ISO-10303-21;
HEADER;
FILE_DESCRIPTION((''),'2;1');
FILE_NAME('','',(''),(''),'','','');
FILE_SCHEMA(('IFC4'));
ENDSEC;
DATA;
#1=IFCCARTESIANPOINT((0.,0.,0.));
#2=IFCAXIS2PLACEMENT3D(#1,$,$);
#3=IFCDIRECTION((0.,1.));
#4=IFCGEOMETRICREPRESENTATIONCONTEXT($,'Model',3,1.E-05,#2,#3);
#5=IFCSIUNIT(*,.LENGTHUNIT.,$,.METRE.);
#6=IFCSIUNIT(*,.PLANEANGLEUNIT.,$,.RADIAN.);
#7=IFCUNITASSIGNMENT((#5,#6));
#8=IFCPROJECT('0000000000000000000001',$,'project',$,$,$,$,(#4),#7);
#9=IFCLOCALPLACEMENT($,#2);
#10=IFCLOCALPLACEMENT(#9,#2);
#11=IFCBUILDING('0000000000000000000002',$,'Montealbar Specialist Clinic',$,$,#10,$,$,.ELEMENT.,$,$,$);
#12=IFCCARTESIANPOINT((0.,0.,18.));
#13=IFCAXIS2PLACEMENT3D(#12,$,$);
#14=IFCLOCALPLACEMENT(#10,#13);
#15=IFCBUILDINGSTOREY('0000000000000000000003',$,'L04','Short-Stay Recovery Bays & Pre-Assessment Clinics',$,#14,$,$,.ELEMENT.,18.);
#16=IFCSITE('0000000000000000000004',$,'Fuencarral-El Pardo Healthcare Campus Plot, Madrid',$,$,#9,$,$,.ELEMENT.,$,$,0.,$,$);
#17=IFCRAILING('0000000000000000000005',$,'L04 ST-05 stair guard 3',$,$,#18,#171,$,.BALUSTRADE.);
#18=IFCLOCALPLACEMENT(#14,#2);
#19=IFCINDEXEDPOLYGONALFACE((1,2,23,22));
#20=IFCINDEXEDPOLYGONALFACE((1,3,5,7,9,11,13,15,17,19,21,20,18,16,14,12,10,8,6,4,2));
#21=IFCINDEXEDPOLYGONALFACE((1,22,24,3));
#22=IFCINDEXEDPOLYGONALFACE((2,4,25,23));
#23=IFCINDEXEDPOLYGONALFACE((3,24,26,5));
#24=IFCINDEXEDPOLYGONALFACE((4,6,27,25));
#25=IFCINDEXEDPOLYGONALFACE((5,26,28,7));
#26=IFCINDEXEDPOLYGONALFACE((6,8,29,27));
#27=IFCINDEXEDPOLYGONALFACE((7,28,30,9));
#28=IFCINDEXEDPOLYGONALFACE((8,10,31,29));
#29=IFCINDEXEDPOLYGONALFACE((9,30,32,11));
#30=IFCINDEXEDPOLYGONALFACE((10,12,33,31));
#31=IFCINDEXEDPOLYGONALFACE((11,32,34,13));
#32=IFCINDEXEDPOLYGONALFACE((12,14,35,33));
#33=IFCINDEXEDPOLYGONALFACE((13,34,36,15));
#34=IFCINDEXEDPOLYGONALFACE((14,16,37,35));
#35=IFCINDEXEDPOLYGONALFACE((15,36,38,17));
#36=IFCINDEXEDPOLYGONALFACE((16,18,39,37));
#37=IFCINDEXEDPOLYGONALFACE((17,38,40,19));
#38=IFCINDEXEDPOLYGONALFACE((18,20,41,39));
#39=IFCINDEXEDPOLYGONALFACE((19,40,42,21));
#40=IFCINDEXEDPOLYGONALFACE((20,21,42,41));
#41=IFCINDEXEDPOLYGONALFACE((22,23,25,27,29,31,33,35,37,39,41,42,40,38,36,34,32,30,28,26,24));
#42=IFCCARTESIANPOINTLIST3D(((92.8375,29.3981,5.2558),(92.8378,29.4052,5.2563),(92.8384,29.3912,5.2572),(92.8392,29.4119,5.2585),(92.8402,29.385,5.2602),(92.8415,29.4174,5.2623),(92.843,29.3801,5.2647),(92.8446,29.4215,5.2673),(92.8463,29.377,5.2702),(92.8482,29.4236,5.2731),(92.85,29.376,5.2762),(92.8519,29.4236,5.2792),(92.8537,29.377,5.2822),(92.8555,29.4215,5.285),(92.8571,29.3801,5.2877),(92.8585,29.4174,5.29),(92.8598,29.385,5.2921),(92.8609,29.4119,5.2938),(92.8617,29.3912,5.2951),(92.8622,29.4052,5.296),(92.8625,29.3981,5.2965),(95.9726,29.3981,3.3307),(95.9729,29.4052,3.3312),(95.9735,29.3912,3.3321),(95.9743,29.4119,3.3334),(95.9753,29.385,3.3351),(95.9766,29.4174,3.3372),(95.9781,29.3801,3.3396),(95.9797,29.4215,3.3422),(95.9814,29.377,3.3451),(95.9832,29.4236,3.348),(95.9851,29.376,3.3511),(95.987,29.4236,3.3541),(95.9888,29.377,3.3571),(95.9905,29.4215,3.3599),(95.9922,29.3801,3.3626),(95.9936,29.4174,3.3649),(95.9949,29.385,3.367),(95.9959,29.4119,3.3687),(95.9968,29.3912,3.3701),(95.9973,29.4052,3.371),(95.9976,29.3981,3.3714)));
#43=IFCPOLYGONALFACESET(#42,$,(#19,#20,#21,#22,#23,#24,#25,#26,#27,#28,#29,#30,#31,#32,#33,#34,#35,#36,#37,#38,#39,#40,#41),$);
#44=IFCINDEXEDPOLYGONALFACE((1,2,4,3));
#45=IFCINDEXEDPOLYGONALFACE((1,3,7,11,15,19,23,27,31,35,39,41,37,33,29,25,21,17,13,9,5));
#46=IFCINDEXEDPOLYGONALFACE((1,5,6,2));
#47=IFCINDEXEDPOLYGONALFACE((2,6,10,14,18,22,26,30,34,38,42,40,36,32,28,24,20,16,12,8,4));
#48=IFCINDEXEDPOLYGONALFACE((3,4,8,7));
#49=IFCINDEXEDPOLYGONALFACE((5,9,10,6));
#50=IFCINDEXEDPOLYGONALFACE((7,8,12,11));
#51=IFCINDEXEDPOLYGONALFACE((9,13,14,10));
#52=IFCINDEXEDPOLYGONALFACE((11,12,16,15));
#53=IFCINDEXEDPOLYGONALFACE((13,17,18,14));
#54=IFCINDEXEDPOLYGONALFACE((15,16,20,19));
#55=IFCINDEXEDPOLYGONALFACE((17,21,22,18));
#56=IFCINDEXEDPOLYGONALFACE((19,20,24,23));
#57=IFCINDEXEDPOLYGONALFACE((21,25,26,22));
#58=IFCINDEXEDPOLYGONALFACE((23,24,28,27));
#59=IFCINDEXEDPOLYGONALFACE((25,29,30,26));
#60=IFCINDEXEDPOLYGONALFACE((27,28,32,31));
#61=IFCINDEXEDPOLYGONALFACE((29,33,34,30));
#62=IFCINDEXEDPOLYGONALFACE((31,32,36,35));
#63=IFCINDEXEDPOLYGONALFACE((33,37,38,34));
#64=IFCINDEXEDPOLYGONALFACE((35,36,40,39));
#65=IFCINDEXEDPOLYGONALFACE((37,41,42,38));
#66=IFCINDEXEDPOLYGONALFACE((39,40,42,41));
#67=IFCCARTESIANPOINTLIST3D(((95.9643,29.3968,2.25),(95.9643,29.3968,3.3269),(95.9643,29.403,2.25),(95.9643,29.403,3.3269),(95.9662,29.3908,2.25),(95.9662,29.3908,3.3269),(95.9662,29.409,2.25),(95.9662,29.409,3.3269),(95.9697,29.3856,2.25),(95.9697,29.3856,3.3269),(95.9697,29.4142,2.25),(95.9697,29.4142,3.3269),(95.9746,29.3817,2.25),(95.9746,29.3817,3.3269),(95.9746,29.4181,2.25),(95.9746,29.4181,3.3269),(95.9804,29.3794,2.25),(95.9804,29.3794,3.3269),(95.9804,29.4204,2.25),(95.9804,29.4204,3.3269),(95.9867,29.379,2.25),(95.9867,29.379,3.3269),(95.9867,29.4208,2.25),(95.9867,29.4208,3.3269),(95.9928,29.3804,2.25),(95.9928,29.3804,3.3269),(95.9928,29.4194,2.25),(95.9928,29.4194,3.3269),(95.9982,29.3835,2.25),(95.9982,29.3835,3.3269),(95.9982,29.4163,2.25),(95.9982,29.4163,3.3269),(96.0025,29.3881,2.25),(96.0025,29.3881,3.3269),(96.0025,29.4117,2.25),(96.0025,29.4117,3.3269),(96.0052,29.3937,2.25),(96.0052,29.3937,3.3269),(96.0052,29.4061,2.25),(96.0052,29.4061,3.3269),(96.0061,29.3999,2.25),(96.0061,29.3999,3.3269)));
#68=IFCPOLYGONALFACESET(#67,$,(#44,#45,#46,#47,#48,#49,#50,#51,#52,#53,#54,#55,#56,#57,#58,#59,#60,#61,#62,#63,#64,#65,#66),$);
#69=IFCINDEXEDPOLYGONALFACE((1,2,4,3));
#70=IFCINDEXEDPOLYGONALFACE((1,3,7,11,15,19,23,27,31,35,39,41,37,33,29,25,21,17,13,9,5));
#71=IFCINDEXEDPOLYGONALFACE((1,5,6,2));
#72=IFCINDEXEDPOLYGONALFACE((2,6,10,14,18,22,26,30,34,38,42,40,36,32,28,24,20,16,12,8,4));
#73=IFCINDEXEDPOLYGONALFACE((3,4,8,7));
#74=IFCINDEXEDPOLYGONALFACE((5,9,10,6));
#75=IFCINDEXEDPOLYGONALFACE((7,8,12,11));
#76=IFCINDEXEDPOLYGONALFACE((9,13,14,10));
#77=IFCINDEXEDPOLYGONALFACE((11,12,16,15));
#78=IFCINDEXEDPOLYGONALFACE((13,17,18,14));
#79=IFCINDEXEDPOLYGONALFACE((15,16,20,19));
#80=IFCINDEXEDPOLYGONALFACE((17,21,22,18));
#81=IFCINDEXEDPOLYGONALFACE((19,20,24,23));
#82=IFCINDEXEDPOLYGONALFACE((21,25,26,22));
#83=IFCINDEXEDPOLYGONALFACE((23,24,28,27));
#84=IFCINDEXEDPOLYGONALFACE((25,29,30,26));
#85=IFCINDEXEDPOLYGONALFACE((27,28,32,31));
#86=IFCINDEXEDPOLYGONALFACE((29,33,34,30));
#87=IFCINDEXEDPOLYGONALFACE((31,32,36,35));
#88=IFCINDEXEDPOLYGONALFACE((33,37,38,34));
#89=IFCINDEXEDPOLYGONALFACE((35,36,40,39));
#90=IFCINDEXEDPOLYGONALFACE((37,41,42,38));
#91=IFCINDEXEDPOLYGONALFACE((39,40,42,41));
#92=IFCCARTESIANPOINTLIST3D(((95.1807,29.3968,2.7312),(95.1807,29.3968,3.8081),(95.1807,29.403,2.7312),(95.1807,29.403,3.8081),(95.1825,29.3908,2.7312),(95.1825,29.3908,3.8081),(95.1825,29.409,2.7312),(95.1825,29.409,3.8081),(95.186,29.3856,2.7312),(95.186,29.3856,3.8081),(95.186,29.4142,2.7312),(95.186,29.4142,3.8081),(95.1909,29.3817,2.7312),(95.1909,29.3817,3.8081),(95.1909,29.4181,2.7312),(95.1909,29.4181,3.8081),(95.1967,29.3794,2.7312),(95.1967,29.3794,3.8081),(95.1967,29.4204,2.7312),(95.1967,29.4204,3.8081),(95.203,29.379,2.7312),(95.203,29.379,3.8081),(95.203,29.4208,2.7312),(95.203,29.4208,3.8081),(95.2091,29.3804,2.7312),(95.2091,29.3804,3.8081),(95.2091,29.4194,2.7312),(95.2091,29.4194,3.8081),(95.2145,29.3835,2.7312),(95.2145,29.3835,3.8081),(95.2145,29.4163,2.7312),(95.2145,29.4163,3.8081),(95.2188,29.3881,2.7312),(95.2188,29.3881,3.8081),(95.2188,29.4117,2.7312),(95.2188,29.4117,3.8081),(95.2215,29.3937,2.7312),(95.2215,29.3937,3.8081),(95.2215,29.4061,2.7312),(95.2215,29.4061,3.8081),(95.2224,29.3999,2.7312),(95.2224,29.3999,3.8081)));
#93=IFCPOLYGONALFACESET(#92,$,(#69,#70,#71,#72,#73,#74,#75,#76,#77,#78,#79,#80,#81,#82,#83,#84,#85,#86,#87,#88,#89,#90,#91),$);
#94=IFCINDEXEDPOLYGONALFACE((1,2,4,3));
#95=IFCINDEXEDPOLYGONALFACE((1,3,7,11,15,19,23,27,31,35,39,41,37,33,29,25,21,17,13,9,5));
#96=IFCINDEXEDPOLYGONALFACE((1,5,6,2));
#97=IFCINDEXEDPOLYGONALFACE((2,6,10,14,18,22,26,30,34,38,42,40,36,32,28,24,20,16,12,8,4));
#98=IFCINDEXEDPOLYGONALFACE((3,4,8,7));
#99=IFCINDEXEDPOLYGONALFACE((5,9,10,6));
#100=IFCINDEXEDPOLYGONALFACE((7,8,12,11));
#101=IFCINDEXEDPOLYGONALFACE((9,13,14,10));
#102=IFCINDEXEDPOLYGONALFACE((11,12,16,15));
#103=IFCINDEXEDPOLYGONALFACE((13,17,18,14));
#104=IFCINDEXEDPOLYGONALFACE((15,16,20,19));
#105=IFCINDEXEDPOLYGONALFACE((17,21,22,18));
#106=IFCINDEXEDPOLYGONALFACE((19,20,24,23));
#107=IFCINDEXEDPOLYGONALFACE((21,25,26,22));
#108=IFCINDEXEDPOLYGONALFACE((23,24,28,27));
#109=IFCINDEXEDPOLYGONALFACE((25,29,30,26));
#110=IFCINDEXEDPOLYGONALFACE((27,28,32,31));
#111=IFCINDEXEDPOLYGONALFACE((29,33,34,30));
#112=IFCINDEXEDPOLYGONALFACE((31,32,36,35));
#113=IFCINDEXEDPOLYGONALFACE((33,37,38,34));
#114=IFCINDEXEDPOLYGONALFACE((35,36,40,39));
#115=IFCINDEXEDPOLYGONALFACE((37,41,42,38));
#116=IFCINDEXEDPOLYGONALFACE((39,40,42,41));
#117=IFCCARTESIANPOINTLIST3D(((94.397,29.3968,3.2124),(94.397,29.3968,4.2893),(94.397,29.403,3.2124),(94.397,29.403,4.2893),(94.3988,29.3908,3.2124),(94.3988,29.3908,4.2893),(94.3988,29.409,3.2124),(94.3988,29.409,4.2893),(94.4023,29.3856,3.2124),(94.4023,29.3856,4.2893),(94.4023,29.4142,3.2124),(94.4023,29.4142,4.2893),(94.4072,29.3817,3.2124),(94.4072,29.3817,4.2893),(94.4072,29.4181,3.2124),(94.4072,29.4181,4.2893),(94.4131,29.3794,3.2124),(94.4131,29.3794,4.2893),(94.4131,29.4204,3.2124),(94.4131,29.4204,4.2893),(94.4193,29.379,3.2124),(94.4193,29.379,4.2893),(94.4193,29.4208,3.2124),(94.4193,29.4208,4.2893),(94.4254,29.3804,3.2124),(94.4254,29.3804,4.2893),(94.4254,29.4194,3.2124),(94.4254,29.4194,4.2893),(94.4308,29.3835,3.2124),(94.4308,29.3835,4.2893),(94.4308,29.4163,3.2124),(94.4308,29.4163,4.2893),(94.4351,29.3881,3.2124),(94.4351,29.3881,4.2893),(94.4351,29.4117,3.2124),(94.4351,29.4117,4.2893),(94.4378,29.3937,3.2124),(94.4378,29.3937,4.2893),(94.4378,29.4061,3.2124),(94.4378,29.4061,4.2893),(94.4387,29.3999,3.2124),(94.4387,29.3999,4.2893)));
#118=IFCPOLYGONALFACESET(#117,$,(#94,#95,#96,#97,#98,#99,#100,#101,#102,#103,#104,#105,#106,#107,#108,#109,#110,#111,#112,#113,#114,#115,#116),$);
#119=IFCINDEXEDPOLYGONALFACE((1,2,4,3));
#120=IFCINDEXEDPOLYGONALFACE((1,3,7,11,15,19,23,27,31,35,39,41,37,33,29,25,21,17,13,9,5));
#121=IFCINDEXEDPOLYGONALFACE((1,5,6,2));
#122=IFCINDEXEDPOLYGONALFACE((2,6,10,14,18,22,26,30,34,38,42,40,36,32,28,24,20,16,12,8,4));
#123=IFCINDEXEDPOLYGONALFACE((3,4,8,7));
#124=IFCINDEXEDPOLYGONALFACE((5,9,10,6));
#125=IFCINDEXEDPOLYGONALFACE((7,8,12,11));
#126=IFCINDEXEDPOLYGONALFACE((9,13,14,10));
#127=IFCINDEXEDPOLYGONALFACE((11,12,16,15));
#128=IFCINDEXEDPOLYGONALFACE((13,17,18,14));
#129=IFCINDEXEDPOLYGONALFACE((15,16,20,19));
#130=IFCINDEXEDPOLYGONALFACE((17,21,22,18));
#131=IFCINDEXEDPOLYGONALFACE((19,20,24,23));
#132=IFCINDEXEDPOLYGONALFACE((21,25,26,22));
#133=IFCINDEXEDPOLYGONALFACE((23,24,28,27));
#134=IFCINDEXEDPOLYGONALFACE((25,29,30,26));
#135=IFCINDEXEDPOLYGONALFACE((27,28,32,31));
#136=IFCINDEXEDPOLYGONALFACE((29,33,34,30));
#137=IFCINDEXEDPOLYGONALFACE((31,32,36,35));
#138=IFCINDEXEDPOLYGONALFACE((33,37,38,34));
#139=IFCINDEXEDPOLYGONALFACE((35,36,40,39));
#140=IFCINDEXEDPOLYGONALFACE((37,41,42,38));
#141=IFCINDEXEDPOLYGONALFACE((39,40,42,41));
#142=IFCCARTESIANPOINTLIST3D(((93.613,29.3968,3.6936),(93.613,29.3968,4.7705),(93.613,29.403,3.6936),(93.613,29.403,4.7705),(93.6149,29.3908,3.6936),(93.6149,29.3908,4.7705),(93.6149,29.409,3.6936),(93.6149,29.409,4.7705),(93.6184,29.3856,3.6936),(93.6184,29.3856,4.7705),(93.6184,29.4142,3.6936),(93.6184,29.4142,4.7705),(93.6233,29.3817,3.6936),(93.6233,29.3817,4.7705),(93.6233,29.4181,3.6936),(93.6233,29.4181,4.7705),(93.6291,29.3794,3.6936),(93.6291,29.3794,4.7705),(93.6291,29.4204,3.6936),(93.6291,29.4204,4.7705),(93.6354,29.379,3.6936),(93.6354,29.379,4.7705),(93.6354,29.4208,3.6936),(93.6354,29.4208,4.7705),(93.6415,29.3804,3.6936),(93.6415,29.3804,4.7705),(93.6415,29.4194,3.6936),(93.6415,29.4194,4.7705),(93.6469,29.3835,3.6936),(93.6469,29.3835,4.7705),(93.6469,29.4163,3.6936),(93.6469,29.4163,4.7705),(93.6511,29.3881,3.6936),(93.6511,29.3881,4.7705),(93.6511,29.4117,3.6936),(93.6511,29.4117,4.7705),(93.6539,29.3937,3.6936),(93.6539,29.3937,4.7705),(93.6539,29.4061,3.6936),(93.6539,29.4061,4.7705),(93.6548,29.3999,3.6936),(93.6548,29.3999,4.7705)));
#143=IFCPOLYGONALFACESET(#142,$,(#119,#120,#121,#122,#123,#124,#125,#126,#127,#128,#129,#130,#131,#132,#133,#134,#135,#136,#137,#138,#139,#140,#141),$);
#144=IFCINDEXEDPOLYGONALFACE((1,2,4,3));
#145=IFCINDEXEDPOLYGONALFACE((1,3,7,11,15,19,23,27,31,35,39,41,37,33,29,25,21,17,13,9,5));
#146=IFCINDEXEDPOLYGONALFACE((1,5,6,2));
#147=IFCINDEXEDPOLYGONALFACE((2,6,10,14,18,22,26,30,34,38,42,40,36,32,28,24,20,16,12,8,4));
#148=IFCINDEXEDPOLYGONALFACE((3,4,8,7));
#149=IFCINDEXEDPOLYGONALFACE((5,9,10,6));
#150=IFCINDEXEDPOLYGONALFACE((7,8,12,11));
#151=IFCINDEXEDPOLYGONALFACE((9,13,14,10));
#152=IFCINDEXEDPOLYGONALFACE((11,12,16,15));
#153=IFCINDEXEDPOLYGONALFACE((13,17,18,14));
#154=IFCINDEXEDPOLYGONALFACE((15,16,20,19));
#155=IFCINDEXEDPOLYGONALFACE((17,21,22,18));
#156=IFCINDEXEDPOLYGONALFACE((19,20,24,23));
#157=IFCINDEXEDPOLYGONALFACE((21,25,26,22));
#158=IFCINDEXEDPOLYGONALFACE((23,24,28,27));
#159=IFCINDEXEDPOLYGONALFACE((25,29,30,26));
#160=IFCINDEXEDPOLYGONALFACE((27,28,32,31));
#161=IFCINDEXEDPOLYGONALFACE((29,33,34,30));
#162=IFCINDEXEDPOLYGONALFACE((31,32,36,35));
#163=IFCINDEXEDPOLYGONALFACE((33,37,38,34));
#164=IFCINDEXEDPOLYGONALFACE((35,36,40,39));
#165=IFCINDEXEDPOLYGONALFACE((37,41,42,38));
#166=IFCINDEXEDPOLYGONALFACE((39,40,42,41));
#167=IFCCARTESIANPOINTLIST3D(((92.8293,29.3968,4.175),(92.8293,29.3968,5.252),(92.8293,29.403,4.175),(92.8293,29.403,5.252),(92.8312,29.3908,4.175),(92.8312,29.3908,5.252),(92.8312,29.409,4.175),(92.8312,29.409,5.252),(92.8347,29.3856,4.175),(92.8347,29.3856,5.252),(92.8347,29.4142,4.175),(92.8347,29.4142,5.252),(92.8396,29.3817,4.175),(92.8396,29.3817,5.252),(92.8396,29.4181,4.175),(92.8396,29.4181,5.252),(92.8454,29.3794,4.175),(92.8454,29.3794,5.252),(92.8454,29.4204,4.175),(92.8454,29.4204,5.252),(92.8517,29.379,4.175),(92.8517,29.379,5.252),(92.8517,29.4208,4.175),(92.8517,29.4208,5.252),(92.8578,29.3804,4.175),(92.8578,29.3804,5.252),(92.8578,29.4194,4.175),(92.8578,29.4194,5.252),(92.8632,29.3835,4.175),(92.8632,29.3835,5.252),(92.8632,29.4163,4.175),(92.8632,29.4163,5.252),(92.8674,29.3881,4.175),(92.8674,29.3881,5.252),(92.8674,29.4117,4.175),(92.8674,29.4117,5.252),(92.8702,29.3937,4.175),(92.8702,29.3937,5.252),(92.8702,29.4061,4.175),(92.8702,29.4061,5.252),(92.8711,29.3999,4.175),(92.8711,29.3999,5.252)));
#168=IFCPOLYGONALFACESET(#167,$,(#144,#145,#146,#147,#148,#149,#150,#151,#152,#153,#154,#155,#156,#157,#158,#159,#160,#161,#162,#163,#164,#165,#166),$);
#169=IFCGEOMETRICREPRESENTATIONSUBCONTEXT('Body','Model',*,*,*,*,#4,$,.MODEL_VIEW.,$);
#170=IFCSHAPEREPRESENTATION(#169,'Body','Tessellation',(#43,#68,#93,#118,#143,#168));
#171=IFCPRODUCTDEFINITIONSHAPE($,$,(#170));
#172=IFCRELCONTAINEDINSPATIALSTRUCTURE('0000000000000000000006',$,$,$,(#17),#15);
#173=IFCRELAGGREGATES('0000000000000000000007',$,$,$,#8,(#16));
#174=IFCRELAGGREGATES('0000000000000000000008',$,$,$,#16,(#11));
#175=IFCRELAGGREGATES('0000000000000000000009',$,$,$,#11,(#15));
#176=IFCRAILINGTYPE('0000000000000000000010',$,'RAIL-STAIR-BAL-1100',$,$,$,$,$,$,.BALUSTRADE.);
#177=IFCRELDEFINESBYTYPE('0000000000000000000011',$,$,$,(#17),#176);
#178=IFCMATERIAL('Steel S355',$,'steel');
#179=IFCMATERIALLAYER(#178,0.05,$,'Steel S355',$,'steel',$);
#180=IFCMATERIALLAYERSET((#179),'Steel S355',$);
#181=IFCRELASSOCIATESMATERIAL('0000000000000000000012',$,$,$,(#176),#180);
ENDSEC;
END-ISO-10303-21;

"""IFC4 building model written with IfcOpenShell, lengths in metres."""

from ifc_helpers import new_model, si_unit, direction, frame, origin, origin_2d, place, context, subcontext, project, spatial, circle, extrude, material, layer, layer_set, type_object, element, save


model = new_model("IFC4")

# Units and contexts
model_context = context("Model", 3, precision=1e-05, world=origin(), true_north=direction((0.0, 1.0)))
body_context = subcontext(model_context, "Body", "Model", "MODEL_VIEW")
ifc_project = project(units=[si_unit("LENGTHUNIT", "METRE"), si_unit("PLANEANGLEUNIT", "RADIAN")], contexts=[model_context])

# Site, building, storey
site_placement = place(None, origin())
site = spatial("IfcSite", under=ifc_project, at=site_placement, Name="Fuencarral-El Pardo Healthcare Campus Plot, Madrid", CompositionType="ELEMENT", RefElevation=0.0)
building_placement = place(site_placement, origin())
building = spatial("IfcBuilding", under=site, at=building_placement, Name="Montealbar Specialist Clinic", CompositionType="ELEMENT")
storey_placement = place(building_placement, frame((0.0, 0.0, 18.0)))
storey = spatial("IfcBuildingStorey", under=building, at=storey_placement, Name="L04", Description="Short-Stay Recovery Bays & Pre-Assessment Clinics", CompositionType="ELEMENT", Elevation=18.0)

# Shared definitions
ifc_material_1 = material(Name="Steel S355", Category="steel")

# Railing
ifc_layer_1 = layer(ifc_material_1, 0.05, Name="Steel S355", Category="steel")
ifc_layer_set_1 = layer_set([ifc_layer_1], Name="Steel S355")
railing_type_1 = type_object("IfcRailingType", Name="RAIL-STAIR-BAL-1100", PredefinedType="BALUSTRADE", material=ifc_layer_set_1)
railing_1_placement = place(storey_placement, frame((95.9851, 29.3999, 2.2749)))
element("IfcRailing", 1, at=railing_1_placement, inside=storey, type_object=railing_type_1, Name="L04 ST-05 stair guard 3", PredefinedType="BALUSTRADE", context=body_context, shape_type="SweptSolid", body=[
    extrude(circle(Radius=0.0239, at=origin_2d()), frame((0.0, 0.0, 1.0762), z_axis=(-0.852166, 0.0, 0.523271), x_axis=(0.0, -1.0, 0.0)), (0.0, 0.0, 1.0), 3.679),
    extrude(circle(Radius=0.021, at=origin_2d()), frame((0.0, 0.0, -0.0249)), (0.0, 0.0, 1.0), 1.0769),
    extrude(circle(Radius=0.021, at=origin_2d()), frame((-0.7837, 0.0, 0.4563)), (0.0, 0.0, 1.0), 1.0769),
    extrude(circle(Radius=0.021, at=origin_2d()), frame((-1.5674, 0.0, 0.9375)), (0.0, 0.0, 1.0), 1.0769),
    extrude(circle(Radius=0.021, at=origin_2d()), frame((-2.3513, 0.0, 1.4187)), (0.0, 0.0, 1.0), 1.0769),
    extrude(circle(Radius=0.021, at=origin_2d()), frame((-3.135, 0.0, 1.9001)), (0.0, 0.0, 1.0), 1.0769),
])

save(model, "model.ifc")
